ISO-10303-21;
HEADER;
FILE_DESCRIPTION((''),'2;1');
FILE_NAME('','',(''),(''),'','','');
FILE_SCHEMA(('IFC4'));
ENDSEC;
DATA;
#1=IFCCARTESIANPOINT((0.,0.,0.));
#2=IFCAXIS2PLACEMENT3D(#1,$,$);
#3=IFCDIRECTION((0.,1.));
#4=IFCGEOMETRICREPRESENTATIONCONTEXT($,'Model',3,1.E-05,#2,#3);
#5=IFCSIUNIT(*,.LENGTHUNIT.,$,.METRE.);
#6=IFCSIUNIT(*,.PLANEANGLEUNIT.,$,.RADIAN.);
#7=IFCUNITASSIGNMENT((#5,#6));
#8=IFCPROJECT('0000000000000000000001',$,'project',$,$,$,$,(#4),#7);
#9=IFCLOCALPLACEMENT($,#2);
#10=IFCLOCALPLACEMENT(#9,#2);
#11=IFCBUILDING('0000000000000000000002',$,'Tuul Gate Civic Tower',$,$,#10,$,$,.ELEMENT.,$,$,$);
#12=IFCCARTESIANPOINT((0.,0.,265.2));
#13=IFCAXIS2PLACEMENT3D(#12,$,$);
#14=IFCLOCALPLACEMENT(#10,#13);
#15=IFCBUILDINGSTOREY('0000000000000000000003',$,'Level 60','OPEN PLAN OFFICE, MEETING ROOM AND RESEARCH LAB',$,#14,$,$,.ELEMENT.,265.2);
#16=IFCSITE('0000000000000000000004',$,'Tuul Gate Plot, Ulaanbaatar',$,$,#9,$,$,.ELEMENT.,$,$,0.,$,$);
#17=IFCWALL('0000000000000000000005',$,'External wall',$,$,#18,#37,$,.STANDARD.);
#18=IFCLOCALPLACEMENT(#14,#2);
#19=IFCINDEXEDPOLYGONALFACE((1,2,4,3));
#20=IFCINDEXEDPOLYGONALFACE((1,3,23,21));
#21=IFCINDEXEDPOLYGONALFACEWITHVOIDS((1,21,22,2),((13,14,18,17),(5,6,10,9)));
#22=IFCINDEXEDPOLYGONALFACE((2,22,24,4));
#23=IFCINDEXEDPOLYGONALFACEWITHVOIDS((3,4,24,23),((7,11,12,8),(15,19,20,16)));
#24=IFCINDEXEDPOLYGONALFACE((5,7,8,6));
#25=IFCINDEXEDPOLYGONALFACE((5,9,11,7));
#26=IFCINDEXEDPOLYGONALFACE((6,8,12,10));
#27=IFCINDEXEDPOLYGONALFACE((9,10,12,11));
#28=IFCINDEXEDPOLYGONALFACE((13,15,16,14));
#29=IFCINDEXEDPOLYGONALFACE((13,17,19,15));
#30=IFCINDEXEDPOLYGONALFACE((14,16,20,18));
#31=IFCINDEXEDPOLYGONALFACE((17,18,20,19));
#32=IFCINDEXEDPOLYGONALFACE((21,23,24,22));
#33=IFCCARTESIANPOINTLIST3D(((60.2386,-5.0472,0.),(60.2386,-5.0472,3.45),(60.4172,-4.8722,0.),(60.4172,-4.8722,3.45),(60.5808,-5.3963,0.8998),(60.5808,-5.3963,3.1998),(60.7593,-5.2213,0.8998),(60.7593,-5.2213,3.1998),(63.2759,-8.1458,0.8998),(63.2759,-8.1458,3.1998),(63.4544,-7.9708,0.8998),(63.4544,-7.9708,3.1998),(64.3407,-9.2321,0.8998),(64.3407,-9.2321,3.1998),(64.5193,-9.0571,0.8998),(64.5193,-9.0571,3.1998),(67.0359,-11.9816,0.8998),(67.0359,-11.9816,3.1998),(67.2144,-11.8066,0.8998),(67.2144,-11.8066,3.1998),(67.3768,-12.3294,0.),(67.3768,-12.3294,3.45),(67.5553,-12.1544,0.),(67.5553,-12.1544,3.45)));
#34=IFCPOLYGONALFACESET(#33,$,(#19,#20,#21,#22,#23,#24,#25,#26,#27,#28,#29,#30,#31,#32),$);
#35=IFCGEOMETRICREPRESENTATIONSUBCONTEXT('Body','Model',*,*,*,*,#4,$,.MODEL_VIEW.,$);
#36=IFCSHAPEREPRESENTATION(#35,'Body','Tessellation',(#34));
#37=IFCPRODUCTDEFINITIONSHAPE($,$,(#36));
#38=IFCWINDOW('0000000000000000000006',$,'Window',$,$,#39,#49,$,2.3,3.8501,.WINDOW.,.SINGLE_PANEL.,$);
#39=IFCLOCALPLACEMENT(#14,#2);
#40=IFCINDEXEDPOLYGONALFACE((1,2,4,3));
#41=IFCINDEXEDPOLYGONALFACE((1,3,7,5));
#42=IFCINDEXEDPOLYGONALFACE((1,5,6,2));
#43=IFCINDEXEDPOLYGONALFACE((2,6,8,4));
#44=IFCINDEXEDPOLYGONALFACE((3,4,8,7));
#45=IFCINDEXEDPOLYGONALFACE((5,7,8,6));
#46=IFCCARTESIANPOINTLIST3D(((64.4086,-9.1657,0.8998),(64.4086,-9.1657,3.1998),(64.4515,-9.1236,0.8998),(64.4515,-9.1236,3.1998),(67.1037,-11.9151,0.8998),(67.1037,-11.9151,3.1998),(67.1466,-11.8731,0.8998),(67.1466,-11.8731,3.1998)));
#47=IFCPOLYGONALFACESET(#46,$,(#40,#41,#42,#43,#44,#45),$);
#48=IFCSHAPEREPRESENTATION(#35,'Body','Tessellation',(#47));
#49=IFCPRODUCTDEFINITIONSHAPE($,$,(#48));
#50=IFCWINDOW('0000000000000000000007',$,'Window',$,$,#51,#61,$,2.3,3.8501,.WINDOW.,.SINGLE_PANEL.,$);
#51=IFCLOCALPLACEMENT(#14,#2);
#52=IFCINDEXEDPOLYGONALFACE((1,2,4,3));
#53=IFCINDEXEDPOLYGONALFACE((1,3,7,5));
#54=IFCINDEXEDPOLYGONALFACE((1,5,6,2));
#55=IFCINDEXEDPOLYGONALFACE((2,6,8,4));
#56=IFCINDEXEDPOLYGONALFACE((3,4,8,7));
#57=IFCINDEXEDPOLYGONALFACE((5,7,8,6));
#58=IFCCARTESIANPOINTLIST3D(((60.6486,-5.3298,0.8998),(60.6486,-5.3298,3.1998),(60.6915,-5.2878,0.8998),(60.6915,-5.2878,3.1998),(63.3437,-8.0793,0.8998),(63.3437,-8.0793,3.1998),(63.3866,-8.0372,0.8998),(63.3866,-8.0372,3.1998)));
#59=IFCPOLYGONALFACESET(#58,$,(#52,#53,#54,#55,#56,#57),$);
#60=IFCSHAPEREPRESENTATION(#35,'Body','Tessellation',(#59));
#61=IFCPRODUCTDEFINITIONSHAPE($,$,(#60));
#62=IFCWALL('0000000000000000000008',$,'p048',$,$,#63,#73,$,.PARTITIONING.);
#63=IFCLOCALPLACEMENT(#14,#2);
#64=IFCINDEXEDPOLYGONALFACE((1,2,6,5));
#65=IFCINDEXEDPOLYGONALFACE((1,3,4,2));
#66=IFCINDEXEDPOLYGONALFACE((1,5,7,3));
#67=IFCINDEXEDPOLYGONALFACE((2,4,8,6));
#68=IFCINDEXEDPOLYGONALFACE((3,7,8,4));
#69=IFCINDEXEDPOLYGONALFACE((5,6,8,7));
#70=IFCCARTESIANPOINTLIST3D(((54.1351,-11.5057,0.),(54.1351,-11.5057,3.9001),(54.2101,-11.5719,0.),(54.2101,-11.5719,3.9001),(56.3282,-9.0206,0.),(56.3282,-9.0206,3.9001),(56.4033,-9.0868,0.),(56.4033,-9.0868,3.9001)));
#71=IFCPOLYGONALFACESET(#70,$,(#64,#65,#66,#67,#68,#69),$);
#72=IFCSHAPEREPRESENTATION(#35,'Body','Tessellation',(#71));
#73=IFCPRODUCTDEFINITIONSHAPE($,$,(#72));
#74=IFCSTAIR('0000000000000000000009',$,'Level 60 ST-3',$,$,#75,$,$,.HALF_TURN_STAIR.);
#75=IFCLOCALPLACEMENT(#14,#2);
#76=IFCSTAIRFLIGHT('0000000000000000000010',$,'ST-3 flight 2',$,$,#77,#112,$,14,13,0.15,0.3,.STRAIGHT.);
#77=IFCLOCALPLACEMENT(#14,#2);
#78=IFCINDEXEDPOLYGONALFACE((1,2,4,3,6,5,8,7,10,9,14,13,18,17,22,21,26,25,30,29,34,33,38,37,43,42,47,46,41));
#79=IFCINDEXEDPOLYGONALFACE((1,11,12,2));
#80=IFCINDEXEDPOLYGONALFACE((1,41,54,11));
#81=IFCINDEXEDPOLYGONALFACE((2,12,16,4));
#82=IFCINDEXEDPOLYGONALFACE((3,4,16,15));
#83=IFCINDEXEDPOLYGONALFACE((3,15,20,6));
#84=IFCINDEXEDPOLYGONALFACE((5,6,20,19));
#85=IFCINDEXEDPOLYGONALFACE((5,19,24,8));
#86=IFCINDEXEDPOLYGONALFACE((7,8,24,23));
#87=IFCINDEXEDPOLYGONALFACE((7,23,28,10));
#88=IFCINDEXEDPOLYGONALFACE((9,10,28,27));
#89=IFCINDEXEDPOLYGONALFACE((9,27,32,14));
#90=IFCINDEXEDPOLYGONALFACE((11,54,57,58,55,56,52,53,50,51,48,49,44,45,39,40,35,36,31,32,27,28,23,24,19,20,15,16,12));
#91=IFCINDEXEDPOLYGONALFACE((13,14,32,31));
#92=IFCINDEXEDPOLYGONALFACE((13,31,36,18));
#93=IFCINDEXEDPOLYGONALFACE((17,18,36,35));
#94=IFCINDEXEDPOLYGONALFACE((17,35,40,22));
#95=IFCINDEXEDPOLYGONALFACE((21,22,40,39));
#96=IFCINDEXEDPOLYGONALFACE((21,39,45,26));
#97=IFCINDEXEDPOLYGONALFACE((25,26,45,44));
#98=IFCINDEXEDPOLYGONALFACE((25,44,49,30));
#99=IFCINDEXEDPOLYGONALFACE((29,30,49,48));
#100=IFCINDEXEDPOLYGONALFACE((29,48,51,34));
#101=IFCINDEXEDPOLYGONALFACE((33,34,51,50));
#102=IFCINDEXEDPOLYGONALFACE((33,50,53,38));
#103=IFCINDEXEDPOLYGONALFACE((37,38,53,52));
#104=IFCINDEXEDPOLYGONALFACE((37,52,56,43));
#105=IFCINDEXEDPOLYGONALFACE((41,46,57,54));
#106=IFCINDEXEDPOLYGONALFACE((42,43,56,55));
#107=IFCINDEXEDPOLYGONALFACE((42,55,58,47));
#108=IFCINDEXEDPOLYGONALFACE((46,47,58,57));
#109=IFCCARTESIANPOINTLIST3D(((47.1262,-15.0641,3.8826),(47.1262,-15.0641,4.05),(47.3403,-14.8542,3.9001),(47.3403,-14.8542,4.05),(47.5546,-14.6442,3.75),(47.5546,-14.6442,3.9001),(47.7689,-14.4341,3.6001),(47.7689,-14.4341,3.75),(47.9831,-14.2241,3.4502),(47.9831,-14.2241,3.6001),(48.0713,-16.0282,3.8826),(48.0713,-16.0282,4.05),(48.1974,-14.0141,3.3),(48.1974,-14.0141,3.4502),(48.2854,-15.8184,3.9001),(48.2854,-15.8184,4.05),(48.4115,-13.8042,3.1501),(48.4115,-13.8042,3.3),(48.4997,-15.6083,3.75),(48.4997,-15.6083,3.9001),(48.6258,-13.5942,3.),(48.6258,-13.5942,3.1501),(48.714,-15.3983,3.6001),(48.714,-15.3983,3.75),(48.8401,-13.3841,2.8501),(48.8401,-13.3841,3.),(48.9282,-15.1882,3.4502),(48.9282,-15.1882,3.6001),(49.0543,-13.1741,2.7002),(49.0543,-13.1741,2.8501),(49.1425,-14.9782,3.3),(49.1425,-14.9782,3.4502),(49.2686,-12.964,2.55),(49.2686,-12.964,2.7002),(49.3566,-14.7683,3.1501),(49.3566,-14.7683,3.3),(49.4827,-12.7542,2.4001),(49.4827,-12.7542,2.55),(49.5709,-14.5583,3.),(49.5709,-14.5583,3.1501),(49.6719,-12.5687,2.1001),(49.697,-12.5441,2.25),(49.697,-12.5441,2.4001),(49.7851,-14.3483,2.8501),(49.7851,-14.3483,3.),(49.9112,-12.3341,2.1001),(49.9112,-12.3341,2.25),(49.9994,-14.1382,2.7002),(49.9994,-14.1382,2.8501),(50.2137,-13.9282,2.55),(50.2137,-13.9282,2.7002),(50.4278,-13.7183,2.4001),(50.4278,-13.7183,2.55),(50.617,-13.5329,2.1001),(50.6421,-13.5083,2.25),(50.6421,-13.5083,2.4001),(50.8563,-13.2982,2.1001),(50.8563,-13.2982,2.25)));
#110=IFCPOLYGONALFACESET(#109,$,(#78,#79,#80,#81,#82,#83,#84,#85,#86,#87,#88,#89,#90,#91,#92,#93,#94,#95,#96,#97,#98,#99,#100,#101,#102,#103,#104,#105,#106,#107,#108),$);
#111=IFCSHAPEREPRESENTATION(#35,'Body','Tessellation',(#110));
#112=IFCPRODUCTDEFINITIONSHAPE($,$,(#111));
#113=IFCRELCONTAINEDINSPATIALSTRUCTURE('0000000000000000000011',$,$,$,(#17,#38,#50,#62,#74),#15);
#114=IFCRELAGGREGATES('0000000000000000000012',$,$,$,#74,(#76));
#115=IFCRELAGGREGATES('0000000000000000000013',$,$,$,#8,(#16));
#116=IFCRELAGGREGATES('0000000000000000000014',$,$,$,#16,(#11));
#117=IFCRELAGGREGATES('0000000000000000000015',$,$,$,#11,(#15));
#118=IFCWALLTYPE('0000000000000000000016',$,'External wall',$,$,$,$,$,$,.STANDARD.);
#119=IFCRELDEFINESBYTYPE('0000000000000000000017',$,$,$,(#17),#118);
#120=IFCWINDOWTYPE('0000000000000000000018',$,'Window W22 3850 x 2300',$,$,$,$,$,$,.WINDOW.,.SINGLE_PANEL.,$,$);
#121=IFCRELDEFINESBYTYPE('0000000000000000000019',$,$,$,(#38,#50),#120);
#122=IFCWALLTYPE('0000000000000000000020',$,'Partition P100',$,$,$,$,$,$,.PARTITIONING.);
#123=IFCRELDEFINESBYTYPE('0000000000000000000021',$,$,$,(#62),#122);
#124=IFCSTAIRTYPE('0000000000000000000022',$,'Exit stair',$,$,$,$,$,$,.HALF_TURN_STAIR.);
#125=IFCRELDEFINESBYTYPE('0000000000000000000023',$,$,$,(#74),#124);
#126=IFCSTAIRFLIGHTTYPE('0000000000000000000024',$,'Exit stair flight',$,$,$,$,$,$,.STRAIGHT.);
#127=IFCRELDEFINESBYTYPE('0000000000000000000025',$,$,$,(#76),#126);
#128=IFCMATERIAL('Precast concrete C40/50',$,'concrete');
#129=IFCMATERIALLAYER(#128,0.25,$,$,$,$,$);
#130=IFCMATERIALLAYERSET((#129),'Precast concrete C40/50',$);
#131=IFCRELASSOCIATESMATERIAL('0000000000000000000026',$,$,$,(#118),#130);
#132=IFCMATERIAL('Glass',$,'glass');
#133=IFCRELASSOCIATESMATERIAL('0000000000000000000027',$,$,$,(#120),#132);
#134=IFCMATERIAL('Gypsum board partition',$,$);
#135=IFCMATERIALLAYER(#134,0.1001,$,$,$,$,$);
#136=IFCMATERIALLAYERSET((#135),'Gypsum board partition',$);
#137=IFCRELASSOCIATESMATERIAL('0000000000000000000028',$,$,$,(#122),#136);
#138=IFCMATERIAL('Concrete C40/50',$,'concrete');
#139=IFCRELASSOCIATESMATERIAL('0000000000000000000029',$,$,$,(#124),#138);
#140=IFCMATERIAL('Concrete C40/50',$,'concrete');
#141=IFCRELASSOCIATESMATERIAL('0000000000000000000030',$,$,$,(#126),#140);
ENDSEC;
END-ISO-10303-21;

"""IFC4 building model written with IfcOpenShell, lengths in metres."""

from ifc_helpers import new_model, si_unit, direction, frame, frame_2d, origin, place, context, subcontext, project, spatial, polyline, rectangle, outline, extrude, material, layer, layer_set, type_object, element, fill, aggregate, save


model = new_model("IFC4")

# Units and contexts
model_context = context("Model", 3, precision=1e-05, world=origin(), true_north=direction((0.0, 1.0)))
body_context = subcontext(model_context, "Body", "Model", "MODEL_VIEW")
ifc_project = project(units=[si_unit("LENGTHUNIT", "METRE"), si_unit("PLANEANGLEUNIT", "RADIAN")], contexts=[model_context])

# Site, building, storey
site_placement = place(None, origin())
site = spatial("IfcSite", under=ifc_project, at=site_placement, Name="Tuul Gate Plot, Ulaanbaatar", CompositionType="ELEMENT", RefElevation=0.0)
building_placement = place(site_placement, origin())
building = spatial("IfcBuilding", under=site, at=building_placement, Name="Tuul Gate Civic Tower", CompositionType="ELEMENT")
storey_placement = place(building_placement, frame((0.0, 0.0, 265.2)))
storey = spatial("IfcBuildingStorey", under=building, at=storey_placement, Name="Level 60", Description="OPEN PLAN OFFICE, MEETING ROOM AND RESEARCH LAB", CompositionType="ELEMENT", Elevation=265.2)

# Wall, openings, windows
ifc_material_1 = material(Name="Precast concrete C40/50", Category="concrete")
ifc_layer_1 = layer(ifc_material_1, 0.25)
ifc_layer_set_1 = layer_set([ifc_layer_1], Name="Precast concrete C40/50")
wall_type_1 = type_object("IfcWallType", Name="External wall", PredefinedType="STANDARD", material=ifc_layer_set_1)
wall_1_placement = place(storey_placement, frame((67.4661, -12.2419, 0.0), z_axis=(0.0, 0.0, 1.0), x_axis=(-0.700009, 0.714134, 0.0)))
wall_1 = element("IfcWall", 1, at=wall_1_placement, inside=storey, type_object=wall_type_1, Name="External wall", PredefinedType="STANDARD", context=body_context, shape_type="SweptSolid", body=[
    extrude(rectangle(XDim=10.1973, YDim=0.25, at=frame_2d((5.0986, 0.0))), origin(), (0.0, 0.0, 1.0), 3.45),
])
opening_1_placement = place(wall_1_placement, frame((0.4871, 0.0, 0.8999)))
opening_1 = element("IfcOpeningElement", 2, at=opening_1_placement, cuts=wall_1, PredefinedType="OPENING", context=body_context, shape_type="SweptSolid", body=[
    extrude(rectangle(XDim=3.8501, YDim=2.3, at=frame_2d((1.925, 1.1499))), frame((0.0, 0.135, 0.0), z_axis=(0.0, -1.0, 0.0), x_axis=(1.0, 0.0, 0.0)), (0.0, 0.0, 1.0), 0.27),
])
opening_2_placement = place(wall_1_placement, frame((5.8584, 0.0, 0.8999)))
opening_2 = element("IfcOpeningElement", 3, at=opening_2_placement, cuts=wall_1, PredefinedType="OPENING", context=body_context, shape_type="SweptSolid", body=[
    extrude(rectangle(XDim=3.8501, YDim=2.3, at=frame_2d((1.925, 1.1499))), frame((0.0, 0.135, 0.0), z_axis=(0.0, -1.0, 0.0), x_axis=(1.0, 0.0, 0.0)), (0.0, 0.0, 1.0), 0.27),
])
ifc_material_2 = material(Name="Glass", Category="glass")
window_type = type_object("IfcWindowType", Name="Window W22 3850 x 2300", PartitioningType="SINGLE_PANEL", PredefinedType="WINDOW", material=ifc_material_2)
window_1_placement = place(opening_1_placement, origin())
window_1 = element("IfcWindow", 4, at=window_1_placement, inside=storey, type_object=window_type, Name="Window", OverallHeight=2.3, OverallWidth=3.8501, PartitioningType="SINGLE_PANEL", PredefinedType="WINDOW", context=body_context, shape_type="SweptSolid", body=[
    extrude(rectangle(XDim=3.8501, YDim=2.3, at=frame_2d((1.925, 1.1499))), frame((0.0, 0.03, 0.0), z_axis=(0.0, -1.0, 0.0), x_axis=(1.0, 0.0, 0.0)), (0.0, 0.0, 1.0), 0.0601),
])
fill(opening_1, window_1)
window_2_placement = place(opening_2_placement, origin())
window_2 = element("IfcWindow", 5, at=window_2_placement, inside=storey, type_object=window_type, Name="Window", OverallHeight=2.3, OverallWidth=3.8501, PartitioningType="SINGLE_PANEL", PredefinedType="WINDOW", context=body_context, shape_type="SweptSolid", body=[
    extrude(rectangle(XDim=3.8501, YDim=2.3, at=frame_2d((1.925, 1.1499))), frame((0.0, 0.03, 0.0), z_axis=(0.0, -1.0, 0.0), x_axis=(1.0, 0.0, 0.0)), (0.0, 0.0, 1.0), 0.0601),
])
fill(opening_2, window_2)

# Wall
ifc_material_3 = material(Name="Gypsum board partition")
ifc_layer_2 = layer(ifc_material_3, 0.1001)
ifc_layer_set_2 = layer_set([ifc_layer_2], Name="Gypsum board partition")
wall_type_2 = type_object("IfcWallType", Name="Partition P100", PredefinedType="PARTITIONING", material=ifc_layer_set_2)
wall_2_placement = place(storey_placement, frame((54.1726, -11.5388, 0.0), z_axis=(0.0, 0.0, 1.0), x_axis=(0.661685, 0.749782, 0.0)))
element("IfcWall", 6, at=wall_2_placement, inside=storey, type_object=wall_type_2, Name="p048", PredefinedType="PARTITIONING", context=body_context, shape_type="SweptSolid", body=[
    extrude(rectangle(XDim=3.3145, YDim=0.1001, at=frame_2d((1.6572, 0.0))), origin(), (0.0, 0.0, 1.0), 3.9001),
])

# Stair, stair flight
ifc_material_4 = material(Name="Concrete C40/50", Category="concrete")
stair_type = type_object("IfcStairType", Name="Exit stair", PredefinedType="HALF_TURN_STAIR", material=ifc_material_4)
stair_placement = place(storey_placement, origin())
stair = element("IfcStair", 7, at=stair_placement, inside=storey, type_object=stair_type, Name="Level 60 ST-3", PredefinedType="HALF_TURN_STAIR")
ifc_material_5 = material(Name="Concrete C40/50", Category="concrete")
stair_flight_type = type_object("IfcStairFlightType", Name="Exit stair flight", PredefinedType="STRAIGHT", material=ifc_material_5)
stair_flight_placement = place(storey_placement, frame((50.3838, -12.8162, 2.1001), z_axis=(0.0, 0.0, 1.0), x_axis=(-0.714127, -0.700016, 0.0)))
stair_flight = element("IfcStairFlight", 8, at=stair_flight_placement, type_object=stair_flight_type, Name="ST-3 flight 2", NumberOfRisers=14, NumberOfTreads=13, PredefinedType="STRAIGHT", RiserHeight=0.15, TreadLength=0.3, context=body_context, shape_type="SweptSolid", body=[
    extrude(outline(polyline([(0.0, 0.0), (0.0, 0.1499), (0.3, 0.1499), (0.3, 0.3), (0.6001, 0.3), (0.6001, 0.45), (0.8999, 0.45), (0.8999, 0.6001), (1.2, 0.6001), (1.2, 0.75), (1.5, 0.75), (1.5, 0.8999), (1.8, 0.8999), (1.8, 1.05), (2.1001, 1.05), (2.1001, 1.2), (2.3999, 1.2), (2.3999, 1.3501), (2.7, 1.3501), (2.7, 1.5), (3.0, 1.5), (3.0, 1.6499), (3.3, 1.6499), (3.3, 1.8), (3.6001, 1.8), (3.6001, 1.95), (3.8999, 1.95), (3.8999, 2.1001), (3.8999, 1.7825), (0.3352, 0.0), (0.0, 0.0)])), frame((0.0, 0.675, 0.0), z_axis=(0.0, -1.0, 0.0), x_axis=(1.0, 0.0, 0.0)), (0.0, 0.0, 1.0), 1.3501),
])
aggregate(stair, [stair_flight])

save(model, "model.ifc")
